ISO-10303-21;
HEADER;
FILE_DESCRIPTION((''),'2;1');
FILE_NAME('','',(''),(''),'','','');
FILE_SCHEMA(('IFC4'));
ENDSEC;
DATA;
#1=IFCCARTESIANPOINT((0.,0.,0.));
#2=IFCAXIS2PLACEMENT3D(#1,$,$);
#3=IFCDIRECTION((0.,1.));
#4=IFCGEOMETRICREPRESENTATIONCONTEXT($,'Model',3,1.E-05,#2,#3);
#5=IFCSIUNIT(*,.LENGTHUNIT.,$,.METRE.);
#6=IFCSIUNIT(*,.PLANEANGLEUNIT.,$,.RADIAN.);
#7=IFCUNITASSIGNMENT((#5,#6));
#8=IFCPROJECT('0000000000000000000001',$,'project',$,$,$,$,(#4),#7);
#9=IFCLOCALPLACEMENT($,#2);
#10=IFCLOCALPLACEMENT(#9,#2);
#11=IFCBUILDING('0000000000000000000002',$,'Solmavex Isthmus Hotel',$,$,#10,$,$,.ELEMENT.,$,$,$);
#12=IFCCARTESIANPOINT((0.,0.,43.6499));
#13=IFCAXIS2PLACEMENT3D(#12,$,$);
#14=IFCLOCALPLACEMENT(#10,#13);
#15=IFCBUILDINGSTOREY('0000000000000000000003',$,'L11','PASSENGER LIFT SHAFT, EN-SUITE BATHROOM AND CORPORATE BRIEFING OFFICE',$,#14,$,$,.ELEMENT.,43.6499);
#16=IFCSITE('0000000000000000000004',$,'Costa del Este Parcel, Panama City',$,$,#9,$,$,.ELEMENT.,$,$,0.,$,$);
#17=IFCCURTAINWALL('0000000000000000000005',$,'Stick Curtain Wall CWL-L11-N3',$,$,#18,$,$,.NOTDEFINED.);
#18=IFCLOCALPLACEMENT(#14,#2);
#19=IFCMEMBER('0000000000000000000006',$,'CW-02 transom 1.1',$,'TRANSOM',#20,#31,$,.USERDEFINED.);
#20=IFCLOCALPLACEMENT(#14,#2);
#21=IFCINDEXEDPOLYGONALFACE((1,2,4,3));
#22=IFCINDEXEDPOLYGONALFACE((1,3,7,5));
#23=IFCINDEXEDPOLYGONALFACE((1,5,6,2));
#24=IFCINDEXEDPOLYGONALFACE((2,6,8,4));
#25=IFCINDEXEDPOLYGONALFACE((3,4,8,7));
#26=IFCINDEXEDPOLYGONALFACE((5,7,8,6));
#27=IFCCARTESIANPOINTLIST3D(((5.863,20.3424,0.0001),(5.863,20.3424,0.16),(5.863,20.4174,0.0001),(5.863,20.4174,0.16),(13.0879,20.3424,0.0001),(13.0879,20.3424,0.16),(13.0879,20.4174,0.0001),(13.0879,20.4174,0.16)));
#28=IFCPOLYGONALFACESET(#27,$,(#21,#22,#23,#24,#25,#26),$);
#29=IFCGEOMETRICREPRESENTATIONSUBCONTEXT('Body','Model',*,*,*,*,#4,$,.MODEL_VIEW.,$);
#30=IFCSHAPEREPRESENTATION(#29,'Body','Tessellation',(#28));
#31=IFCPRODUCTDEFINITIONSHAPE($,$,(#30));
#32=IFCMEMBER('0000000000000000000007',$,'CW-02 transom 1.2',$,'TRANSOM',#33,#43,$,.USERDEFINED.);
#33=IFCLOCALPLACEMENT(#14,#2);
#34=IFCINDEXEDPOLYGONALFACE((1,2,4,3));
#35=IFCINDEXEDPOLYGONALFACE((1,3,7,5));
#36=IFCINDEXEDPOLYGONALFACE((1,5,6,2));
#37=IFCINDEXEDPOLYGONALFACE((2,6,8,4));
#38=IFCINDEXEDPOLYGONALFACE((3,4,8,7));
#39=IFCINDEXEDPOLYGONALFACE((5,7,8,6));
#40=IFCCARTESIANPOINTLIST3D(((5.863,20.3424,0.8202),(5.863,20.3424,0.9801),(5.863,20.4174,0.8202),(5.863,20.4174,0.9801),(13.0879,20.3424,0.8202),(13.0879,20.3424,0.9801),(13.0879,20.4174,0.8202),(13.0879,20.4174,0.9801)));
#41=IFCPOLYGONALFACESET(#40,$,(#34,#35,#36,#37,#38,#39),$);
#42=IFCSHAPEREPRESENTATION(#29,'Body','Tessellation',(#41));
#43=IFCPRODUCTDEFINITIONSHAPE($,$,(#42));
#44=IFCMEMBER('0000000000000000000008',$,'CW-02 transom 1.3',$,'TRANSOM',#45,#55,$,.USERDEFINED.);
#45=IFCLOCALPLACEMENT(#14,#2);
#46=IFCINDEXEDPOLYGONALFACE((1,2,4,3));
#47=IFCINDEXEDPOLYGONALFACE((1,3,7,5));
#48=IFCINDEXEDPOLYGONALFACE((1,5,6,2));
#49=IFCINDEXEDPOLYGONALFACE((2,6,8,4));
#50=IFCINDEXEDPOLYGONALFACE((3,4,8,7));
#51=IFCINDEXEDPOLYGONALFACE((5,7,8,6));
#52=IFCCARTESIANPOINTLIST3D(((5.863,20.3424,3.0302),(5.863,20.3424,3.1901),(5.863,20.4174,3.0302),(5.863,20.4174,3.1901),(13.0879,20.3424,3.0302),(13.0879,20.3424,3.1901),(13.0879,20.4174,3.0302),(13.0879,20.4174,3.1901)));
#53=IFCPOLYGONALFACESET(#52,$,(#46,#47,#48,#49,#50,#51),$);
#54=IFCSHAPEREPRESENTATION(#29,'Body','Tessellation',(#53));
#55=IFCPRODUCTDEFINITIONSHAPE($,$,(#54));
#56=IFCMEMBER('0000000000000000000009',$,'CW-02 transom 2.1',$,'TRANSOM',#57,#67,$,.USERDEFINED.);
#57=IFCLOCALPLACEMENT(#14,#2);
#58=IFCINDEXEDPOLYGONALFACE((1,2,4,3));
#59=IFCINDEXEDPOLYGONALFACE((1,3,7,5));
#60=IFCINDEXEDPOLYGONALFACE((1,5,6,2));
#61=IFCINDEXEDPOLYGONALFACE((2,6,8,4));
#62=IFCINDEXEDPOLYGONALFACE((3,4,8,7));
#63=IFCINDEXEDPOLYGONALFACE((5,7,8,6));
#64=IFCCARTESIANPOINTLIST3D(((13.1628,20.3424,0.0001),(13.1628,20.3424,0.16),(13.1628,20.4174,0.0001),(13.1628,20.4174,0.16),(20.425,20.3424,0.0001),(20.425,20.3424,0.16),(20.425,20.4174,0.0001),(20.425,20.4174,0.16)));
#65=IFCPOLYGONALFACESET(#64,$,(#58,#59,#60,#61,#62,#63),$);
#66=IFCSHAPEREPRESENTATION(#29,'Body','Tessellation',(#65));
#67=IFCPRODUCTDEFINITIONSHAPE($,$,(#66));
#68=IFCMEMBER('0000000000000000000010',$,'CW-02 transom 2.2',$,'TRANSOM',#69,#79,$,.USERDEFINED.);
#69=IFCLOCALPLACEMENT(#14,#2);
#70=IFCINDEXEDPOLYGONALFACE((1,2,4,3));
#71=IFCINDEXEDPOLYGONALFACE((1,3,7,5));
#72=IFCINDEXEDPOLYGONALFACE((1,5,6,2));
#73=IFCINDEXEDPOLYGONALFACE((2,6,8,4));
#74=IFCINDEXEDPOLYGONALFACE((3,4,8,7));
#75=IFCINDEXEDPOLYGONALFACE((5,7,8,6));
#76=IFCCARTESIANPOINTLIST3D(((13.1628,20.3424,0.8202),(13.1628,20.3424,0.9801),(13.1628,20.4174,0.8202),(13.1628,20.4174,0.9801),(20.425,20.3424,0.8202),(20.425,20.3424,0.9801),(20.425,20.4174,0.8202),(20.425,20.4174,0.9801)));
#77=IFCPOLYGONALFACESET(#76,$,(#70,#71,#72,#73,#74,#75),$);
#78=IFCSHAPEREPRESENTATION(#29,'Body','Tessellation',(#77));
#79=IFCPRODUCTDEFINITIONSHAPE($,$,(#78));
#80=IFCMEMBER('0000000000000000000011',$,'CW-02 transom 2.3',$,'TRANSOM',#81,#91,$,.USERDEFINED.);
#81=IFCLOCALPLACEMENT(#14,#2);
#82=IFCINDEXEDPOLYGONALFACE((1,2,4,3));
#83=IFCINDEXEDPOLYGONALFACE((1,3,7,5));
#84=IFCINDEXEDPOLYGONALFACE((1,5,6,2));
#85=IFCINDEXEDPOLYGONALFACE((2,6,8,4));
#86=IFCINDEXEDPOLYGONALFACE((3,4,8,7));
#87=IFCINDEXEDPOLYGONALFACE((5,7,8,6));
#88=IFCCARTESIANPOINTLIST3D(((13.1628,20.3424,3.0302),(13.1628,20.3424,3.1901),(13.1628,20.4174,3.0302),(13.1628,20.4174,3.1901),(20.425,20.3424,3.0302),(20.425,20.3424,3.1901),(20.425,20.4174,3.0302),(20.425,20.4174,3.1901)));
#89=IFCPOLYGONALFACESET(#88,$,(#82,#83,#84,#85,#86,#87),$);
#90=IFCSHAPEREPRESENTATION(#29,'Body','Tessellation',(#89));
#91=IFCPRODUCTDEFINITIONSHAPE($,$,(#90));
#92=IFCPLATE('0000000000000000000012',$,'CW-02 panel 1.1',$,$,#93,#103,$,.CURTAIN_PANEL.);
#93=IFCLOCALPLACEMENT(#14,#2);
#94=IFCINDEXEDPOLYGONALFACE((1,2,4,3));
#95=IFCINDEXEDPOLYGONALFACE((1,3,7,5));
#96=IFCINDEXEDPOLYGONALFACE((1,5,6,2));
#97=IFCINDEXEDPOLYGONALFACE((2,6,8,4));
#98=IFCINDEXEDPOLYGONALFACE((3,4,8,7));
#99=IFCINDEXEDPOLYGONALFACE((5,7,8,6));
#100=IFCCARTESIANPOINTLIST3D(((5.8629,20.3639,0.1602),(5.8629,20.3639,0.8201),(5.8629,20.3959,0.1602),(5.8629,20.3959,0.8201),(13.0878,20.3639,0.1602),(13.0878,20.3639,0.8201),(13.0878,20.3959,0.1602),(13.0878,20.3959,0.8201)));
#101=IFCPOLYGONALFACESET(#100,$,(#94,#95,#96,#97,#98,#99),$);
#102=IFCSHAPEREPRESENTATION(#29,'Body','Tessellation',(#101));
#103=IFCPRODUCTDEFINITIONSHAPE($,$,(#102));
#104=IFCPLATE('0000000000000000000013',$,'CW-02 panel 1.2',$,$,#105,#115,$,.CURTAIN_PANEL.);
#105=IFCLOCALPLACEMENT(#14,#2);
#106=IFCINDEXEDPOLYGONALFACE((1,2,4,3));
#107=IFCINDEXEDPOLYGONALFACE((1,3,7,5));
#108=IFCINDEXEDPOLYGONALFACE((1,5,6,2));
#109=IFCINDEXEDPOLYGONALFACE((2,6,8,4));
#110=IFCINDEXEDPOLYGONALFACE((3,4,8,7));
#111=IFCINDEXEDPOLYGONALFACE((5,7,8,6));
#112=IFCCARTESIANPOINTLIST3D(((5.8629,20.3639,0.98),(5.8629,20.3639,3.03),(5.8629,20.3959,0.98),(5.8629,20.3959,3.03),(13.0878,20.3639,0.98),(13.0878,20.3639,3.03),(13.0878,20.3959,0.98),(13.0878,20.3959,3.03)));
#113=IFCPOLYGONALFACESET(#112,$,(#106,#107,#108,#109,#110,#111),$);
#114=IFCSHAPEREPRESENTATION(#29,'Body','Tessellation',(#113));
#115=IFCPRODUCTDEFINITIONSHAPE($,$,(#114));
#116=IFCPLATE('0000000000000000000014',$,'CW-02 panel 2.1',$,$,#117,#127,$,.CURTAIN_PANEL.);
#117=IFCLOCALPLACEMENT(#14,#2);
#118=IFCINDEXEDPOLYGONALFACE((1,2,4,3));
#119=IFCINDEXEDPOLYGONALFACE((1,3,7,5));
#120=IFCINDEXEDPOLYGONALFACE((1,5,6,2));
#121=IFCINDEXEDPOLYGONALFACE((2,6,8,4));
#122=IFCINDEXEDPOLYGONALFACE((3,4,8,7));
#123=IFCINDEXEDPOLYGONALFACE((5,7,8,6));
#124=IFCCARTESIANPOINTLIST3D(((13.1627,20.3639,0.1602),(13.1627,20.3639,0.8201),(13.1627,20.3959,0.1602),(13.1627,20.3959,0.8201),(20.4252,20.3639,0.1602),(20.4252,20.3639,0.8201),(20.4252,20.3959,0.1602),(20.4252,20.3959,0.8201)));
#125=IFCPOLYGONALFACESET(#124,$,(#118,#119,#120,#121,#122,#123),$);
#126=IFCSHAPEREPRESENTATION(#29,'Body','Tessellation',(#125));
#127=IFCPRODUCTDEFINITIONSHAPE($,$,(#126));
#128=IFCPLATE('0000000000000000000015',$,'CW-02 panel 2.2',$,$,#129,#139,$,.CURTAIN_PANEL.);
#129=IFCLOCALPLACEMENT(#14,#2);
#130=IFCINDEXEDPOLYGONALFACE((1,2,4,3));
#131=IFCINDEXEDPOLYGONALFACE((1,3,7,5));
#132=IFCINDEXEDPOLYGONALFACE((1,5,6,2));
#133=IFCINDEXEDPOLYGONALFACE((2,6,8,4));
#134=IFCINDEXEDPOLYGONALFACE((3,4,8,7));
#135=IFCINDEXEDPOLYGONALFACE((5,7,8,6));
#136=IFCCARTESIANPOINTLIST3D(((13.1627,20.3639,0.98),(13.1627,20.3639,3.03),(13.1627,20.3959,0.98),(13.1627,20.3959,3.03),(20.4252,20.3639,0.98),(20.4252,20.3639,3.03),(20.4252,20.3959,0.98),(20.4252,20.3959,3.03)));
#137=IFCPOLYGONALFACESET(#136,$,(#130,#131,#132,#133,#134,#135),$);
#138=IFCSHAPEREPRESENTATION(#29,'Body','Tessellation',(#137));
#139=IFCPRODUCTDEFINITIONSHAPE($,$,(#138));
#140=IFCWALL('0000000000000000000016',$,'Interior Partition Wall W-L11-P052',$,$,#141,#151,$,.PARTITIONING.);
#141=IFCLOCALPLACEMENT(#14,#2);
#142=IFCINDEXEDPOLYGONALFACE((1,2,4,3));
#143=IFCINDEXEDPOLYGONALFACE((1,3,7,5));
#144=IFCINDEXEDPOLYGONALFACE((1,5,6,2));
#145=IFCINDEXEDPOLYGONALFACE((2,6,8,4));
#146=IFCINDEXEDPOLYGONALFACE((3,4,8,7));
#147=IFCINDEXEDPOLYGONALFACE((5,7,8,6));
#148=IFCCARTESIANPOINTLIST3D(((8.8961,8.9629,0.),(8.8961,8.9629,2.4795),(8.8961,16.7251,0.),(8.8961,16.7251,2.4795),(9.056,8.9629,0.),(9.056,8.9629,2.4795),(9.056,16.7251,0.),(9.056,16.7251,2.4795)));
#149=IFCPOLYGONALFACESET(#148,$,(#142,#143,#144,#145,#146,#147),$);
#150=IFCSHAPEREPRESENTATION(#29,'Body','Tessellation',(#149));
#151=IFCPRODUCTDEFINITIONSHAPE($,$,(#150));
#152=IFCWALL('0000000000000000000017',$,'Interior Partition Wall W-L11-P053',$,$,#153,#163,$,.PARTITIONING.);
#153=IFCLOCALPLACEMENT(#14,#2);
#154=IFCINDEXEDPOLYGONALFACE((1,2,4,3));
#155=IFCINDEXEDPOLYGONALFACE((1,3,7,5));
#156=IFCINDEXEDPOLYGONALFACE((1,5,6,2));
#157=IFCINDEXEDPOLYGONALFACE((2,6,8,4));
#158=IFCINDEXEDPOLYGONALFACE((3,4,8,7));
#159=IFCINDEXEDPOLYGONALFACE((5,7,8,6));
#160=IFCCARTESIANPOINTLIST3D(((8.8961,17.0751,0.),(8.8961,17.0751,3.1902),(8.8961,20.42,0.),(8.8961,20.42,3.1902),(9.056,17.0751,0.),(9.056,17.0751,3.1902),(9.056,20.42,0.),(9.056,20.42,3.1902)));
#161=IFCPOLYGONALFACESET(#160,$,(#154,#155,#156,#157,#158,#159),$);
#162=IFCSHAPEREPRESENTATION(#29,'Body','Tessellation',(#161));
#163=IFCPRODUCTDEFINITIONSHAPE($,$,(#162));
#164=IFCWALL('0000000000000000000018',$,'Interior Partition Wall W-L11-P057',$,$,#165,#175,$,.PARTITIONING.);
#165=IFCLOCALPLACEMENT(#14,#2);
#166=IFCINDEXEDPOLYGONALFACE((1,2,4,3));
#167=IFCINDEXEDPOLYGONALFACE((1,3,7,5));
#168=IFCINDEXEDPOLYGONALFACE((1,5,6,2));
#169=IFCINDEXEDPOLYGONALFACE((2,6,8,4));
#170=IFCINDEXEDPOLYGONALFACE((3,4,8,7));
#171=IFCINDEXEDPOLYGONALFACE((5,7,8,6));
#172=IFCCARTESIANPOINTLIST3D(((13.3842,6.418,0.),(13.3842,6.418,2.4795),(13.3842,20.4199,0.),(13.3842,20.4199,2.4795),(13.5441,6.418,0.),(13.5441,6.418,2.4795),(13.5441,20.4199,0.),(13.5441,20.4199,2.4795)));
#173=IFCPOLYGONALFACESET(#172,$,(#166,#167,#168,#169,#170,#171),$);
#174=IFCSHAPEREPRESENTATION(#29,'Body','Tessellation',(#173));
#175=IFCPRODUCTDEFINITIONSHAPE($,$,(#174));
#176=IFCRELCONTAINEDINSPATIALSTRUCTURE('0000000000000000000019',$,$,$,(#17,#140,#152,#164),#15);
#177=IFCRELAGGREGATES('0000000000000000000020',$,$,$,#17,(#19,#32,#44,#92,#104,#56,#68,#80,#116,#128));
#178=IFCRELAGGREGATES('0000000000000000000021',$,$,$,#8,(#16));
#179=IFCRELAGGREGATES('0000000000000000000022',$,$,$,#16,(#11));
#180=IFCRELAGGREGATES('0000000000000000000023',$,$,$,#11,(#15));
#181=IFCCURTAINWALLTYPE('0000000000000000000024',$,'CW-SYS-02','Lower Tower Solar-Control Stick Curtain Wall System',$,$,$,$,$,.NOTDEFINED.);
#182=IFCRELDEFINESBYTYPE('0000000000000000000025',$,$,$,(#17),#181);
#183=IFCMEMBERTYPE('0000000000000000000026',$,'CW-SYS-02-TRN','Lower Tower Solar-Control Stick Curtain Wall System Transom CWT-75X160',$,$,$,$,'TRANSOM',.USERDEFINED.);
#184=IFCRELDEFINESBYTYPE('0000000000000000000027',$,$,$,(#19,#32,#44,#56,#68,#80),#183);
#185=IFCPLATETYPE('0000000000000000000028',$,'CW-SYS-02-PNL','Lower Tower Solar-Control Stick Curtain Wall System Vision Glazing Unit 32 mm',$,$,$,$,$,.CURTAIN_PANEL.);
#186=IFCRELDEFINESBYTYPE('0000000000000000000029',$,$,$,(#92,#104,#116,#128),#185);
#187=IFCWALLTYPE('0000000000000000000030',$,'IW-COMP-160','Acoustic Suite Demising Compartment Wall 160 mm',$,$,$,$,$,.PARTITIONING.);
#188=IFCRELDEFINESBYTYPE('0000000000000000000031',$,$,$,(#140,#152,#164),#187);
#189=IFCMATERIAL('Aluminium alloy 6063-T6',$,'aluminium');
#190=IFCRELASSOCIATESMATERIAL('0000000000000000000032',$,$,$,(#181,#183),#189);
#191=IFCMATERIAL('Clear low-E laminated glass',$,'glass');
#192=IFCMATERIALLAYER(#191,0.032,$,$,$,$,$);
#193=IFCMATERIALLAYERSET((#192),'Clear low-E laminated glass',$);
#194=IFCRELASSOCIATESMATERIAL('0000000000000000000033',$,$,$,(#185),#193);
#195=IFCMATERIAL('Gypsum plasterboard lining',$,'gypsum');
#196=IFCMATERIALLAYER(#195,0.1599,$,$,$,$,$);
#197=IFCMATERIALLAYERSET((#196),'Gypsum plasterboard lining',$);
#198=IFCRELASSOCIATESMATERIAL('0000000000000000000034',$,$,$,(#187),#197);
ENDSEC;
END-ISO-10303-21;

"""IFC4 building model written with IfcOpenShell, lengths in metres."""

from ifc_helpers import new_model, si_unit, direction, frame, frame_2d, origin, origin_2d, place, context, subcontext, project, spatial, rectangle, extrude, material, layer, layer_set, material_profile, profile_set, type_object, element, aggregate, save


model = new_model("IFC4")

# Units and contexts
model_context = context("Model", 3, precision=1e-05, world=origin(), true_north=direction((0.0, 1.0)))
body_context = subcontext(model_context, "Body", "Model", "MODEL_VIEW")
ifc_project = project(units=[si_unit("LENGTHUNIT", "METRE"), si_unit("PLANEANGLEUNIT", "RADIAN")], contexts=[model_context])

# Site, building, storey
site_placement = place(None, origin())
site = spatial("IfcSite", under=ifc_project, at=site_placement, Name="Costa del Este Parcel, Panama City", CompositionType="ELEMENT", RefElevation=0.0)
building_placement = place(site_placement, origin())
building = spatial("IfcBuilding", under=site, at=building_placement, Name="Solmavex Isthmus Hotel", CompositionType="ELEMENT")
storey_placement = place(building_placement, frame((0.0, 0.0, 43.6499)))
storey = spatial("IfcBuildingStorey", under=building, at=storey_placement, Name="L11", Description="PASSENGER LIFT SHAFT, EN-SUITE BATHROOM AND CORPORATE BRIEFING OFFICE", CompositionType="ELEMENT", Elevation=43.6499)

# Shared definitions
ifc_material_1 = material(Name="Aluminium alloy 6063-T6", Category="aluminium")
curtain_wall_type = type_object("IfcCurtainWallType", Name="CW-SYS-02", Description="Lower Tower Solar-Control Stick Curtain Wall System", PredefinedType="NOTDEFINED", material=ifc_material_1)

# Curtain wall, members, plates
curtain_wall_1_placement = place(storey_placement, origin())
curtain_wall_1 = element("IfcCurtainWall", 1, at=curtain_wall_1_placement, inside=storey, type_object=curtain_wall_type, Name="Stick Curtain Wall CWL-L11-N3", PredefinedType="NOTDEFINED")
ifc_material_profile_1 = material_profile(ifc_material_1, rectangle(XDim=0.075, YDim=0.1599, at=origin_2d()), Name="CWT-75X160")
ifc_profile_set_1 = profile_set([ifc_material_profile_1], Name="Aluminium alloy 6063-T6")
member_type_1 = type_object("IfcMemberType", Name="CW-SYS-02-TRN", Description="Lower Tower Solar-Control Stick Curtain Wall System Transom CWT-75X160", ElementType="TRANSOM", PredefinedType="USERDEFINED", material=ifc_profile_set_1)
member_1_placement = place(storey_placement, frame((5.863, 20.3799, 0.0801), z_axis=(1.0, 0.0, 0.0), x_axis=(0.0, 1.0, 0.0)))
member_1 = element("IfcMember", 2, at=member_1_placement, type_object=member_type_1, Name="CW-02 transom 1.1", ObjectType="TRANSOM", PredefinedType="USERDEFINED", context=body_context, shape_type="SweptSolid", body=[
    extrude(rectangle(XDim=0.075, YDim=0.1599, at=origin_2d()), origin(), (0.0, 0.0, 1.0), 7.2249),
])
member_2_placement = place(storey_placement, frame((5.863, 20.3799, 0.9001), z_axis=(1.0, 0.0, 0.0), x_axis=(0.0, 1.0, 0.0)))
member_2 = element("IfcMember", 3, at=member_2_placement, type_object=member_type_1, Name="CW-02 transom 1.2", ObjectType="TRANSOM", PredefinedType="USERDEFINED", context=body_context, shape_type="SweptSolid", body=[
    extrude(rectangle(XDim=0.075, YDim=0.1599, at=origin_2d()), origin(), (0.0, 0.0, 1.0), 7.2249),
])
member_3_placement = place(storey_placement, frame((5.863, 20.3799, 3.1101), z_axis=(1.0, 0.0, 0.0), x_axis=(0.0, 1.0, 0.0)))
member_3 = element("IfcMember", 4, at=member_3_placement, type_object=member_type_1, Name="CW-02 transom 1.3", ObjectType="TRANSOM", PredefinedType="USERDEFINED", context=body_context, shape_type="SweptSolid", body=[
    extrude(rectangle(XDim=0.075, YDim=0.1599, at=origin_2d()), origin(), (0.0, 0.0, 1.0), 7.2249),
])
member_4_placement = place(storey_placement, frame((13.1628, 20.3799, 0.0801), z_axis=(1.0, 0.0, 0.0), x_axis=(0.0, 1.0, 0.0)))
member_4 = element("IfcMember", 5, at=member_4_placement, type_object=member_type_1, Name="CW-02 transom 2.1", ObjectType="TRANSOM", PredefinedType="USERDEFINED", context=body_context, shape_type="SweptSolid", body=[
    extrude(rectangle(XDim=0.075, YDim=0.1599, at=origin_2d()), origin(), (0.0, 0.0, 1.0), 7.2622),
])
member_5_placement = place(storey_placement, frame((13.1628, 20.3799, 0.9001), z_axis=(1.0, 0.0, 0.0), x_axis=(0.0, 1.0, 0.0)))
member_5 = element("IfcMember", 6, at=member_5_placement, type_object=member_type_1, Name="CW-02 transom 2.2", ObjectType="TRANSOM", PredefinedType="USERDEFINED", context=body_context, shape_type="SweptSolid", body=[
    extrude(rectangle(XDim=0.075, YDim=0.1599, at=origin_2d()), origin(), (0.0, 0.0, 1.0), 7.2622),
])
member_6_placement = place(storey_placement, frame((13.1628, 20.3799, 3.1101), z_axis=(1.0, 0.0, 0.0), x_axis=(0.0, 1.0, 0.0)))
member_6 = element("IfcMember", 7, at=member_6_placement, type_object=member_type_1, Name="CW-02 transom 2.3", ObjectType="TRANSOM", PredefinedType="USERDEFINED", context=body_context, shape_type="SweptSolid", body=[
    extrude(rectangle(XDim=0.075, YDim=0.1599, at=origin_2d()), origin(), (0.0, 0.0, 1.0), 7.2622),
])
ifc_material_2 = material(Name="Clear low-E laminated glass", Category="glass")
ifc_layer_1 = layer(ifc_material_2, 0.032)
ifc_layer_set_1 = layer_set([ifc_layer_1], Name="Clear low-E laminated glass")
plate_type = type_object("IfcPlateType", Name="CW-SYS-02-PNL", Description="Lower Tower Solar-Control Stick Curtain Wall System Vision Glazing Unit 32 mm", PredefinedType="CURTAIN_PANEL", material=ifc_layer_set_1)
plate_1_placement = place(storey_placement, frame((9.4753, 20.3799, 0.1602), z_axis=(0.0, 0.0, 1.0), x_axis=(1.0, 0.0, 0.0)))
plate_1 = element("IfcPlate", 8, at=plate_1_placement, type_object=plate_type, Name="CW-02 panel 1.1", PredefinedType="CURTAIN_PANEL", context=body_context, shape_type="SweptSolid", body=[
    extrude(rectangle(XDim=7.2249, YDim=0.032, at=origin_2d()), origin(), (0.0, 0.0, 1.0), 0.6599),
])
plate_2_placement = place(storey_placement, frame((9.4753, 20.3799, 0.98), z_axis=(0.0, 0.0, 1.0), x_axis=(1.0, 0.0, 0.0)))
plate_2 = element("IfcPlate", 9, at=plate_2_placement, type_object=plate_type, Name="CW-02 panel 1.2", PredefinedType="CURTAIN_PANEL", context=body_context, shape_type="SweptSolid", body=[
    extrude(rectangle(XDim=7.2249, YDim=0.032, at=origin_2d()), origin(), (0.0, 0.0, 1.0), 2.05),
])
plate_3_placement = place(storey_placement, frame((16.7939, 20.3799, 0.1602), z_axis=(0.0, 0.0, 1.0), x_axis=(1.0, 0.0, 0.0)))
plate_3 = element("IfcPlate", 10, at=plate_3_placement, type_object=plate_type, Name="CW-02 panel 2.1", PredefinedType="CURTAIN_PANEL", context=body_context, shape_type="SweptSolid", body=[
    extrude(rectangle(XDim=7.2625, YDim=0.032, at=origin_2d()), origin(), (0.0, 0.0, 1.0), 0.6599),
])
plate_4_placement = place(storey_placement, frame((16.7939, 20.3799, 0.98), z_axis=(0.0, 0.0, 1.0), x_axis=(1.0, 0.0, 0.0)))
plate_4 = element("IfcPlate", 11, at=plate_4_placement, type_object=plate_type, Name="CW-02 panel 2.2", PredefinedType="CURTAIN_PANEL", context=body_context, shape_type="SweptSolid", body=[
    extrude(rectangle(XDim=7.2625, YDim=0.032, at=origin_2d()), origin(), (0.0, 0.0, 1.0), 2.05),
])
aggregate(curtain_wall_1, [member_1, member_2, member_3, plate_1, plate_2, member_4, member_5, member_6, plate_3, plate_4])

# Walls
ifc_material_3 = material(Name="Gypsum plasterboard lining", Category="gypsum")
ifc_layer_2 = layer(ifc_material_3, 0.1599)
ifc_layer_set_2 = layer_set([ifc_layer_2], Name="Gypsum plasterboard lining")
wall_type_1 = type_object("IfcWallType", Name="IW-COMP-160", Description="Acoustic Suite Demising Compartment Wall 160 mm", PredefinedType="PARTITIONING", material=ifc_layer_set_2)
wall_1_placement = place(storey_placement, frame((8.9761, 16.7251, 0.0), z_axis=(0.0, 0.0, 1.0), x_axis=(0.0, -1.0, 0.0)))
element("IfcWall", 12, at=wall_1_placement, inside=storey, type_object=wall_type_1, Name="Interior Partition Wall W-L11-P052", PredefinedType="PARTITIONING", context=body_context, shape_type="SweptSolid", body=[
    extrude(rectangle(XDim=7.7622, YDim=0.1599, at=frame_2d((3.8811, 0.0))), origin(), (0.0, 0.0, 1.0), 2.4795),
])
wall_2_placement = place(storey_placement, frame((8.9761, 20.4199, 0.0), z_axis=(0.0, 0.0, 1.0), x_axis=(0.0, -1.0, 0.0)))
element("IfcWall", 13, at=wall_2_placement, inside=storey, type_object=wall_type_1, Name="Interior Partition Wall W-L11-P053", PredefinedType="PARTITIONING", context=body_context, shape_type="SweptSolid", body=[
    extrude(rectangle(XDim=3.345, YDim=0.1599, at=frame_2d((1.6724, 0.0))), origin(), (0.0, 0.0, 1.0), 3.1902),
])
wall_3_placement = place(storey_placement, frame((13.4641, 20.4199, 0.0), z_axis=(0.0, 0.0, 1.0), x_axis=(0.0, -1.0, 0.0)))
element("IfcWall", 14, at=wall_3_placement, inside=storey, type_object=wall_type_1, Name="Interior Partition Wall W-L11-P057", PredefinedType="PARTITIONING", context=body_context, shape_type="SweptSolid", body=[
    extrude(rectangle(XDim=14.002, YDim=0.1599, at=frame_2d((7.001, 0.0))), origin(), (0.0, 0.0, 1.0), 2.4795),
])

save(model, "model.ifc")
